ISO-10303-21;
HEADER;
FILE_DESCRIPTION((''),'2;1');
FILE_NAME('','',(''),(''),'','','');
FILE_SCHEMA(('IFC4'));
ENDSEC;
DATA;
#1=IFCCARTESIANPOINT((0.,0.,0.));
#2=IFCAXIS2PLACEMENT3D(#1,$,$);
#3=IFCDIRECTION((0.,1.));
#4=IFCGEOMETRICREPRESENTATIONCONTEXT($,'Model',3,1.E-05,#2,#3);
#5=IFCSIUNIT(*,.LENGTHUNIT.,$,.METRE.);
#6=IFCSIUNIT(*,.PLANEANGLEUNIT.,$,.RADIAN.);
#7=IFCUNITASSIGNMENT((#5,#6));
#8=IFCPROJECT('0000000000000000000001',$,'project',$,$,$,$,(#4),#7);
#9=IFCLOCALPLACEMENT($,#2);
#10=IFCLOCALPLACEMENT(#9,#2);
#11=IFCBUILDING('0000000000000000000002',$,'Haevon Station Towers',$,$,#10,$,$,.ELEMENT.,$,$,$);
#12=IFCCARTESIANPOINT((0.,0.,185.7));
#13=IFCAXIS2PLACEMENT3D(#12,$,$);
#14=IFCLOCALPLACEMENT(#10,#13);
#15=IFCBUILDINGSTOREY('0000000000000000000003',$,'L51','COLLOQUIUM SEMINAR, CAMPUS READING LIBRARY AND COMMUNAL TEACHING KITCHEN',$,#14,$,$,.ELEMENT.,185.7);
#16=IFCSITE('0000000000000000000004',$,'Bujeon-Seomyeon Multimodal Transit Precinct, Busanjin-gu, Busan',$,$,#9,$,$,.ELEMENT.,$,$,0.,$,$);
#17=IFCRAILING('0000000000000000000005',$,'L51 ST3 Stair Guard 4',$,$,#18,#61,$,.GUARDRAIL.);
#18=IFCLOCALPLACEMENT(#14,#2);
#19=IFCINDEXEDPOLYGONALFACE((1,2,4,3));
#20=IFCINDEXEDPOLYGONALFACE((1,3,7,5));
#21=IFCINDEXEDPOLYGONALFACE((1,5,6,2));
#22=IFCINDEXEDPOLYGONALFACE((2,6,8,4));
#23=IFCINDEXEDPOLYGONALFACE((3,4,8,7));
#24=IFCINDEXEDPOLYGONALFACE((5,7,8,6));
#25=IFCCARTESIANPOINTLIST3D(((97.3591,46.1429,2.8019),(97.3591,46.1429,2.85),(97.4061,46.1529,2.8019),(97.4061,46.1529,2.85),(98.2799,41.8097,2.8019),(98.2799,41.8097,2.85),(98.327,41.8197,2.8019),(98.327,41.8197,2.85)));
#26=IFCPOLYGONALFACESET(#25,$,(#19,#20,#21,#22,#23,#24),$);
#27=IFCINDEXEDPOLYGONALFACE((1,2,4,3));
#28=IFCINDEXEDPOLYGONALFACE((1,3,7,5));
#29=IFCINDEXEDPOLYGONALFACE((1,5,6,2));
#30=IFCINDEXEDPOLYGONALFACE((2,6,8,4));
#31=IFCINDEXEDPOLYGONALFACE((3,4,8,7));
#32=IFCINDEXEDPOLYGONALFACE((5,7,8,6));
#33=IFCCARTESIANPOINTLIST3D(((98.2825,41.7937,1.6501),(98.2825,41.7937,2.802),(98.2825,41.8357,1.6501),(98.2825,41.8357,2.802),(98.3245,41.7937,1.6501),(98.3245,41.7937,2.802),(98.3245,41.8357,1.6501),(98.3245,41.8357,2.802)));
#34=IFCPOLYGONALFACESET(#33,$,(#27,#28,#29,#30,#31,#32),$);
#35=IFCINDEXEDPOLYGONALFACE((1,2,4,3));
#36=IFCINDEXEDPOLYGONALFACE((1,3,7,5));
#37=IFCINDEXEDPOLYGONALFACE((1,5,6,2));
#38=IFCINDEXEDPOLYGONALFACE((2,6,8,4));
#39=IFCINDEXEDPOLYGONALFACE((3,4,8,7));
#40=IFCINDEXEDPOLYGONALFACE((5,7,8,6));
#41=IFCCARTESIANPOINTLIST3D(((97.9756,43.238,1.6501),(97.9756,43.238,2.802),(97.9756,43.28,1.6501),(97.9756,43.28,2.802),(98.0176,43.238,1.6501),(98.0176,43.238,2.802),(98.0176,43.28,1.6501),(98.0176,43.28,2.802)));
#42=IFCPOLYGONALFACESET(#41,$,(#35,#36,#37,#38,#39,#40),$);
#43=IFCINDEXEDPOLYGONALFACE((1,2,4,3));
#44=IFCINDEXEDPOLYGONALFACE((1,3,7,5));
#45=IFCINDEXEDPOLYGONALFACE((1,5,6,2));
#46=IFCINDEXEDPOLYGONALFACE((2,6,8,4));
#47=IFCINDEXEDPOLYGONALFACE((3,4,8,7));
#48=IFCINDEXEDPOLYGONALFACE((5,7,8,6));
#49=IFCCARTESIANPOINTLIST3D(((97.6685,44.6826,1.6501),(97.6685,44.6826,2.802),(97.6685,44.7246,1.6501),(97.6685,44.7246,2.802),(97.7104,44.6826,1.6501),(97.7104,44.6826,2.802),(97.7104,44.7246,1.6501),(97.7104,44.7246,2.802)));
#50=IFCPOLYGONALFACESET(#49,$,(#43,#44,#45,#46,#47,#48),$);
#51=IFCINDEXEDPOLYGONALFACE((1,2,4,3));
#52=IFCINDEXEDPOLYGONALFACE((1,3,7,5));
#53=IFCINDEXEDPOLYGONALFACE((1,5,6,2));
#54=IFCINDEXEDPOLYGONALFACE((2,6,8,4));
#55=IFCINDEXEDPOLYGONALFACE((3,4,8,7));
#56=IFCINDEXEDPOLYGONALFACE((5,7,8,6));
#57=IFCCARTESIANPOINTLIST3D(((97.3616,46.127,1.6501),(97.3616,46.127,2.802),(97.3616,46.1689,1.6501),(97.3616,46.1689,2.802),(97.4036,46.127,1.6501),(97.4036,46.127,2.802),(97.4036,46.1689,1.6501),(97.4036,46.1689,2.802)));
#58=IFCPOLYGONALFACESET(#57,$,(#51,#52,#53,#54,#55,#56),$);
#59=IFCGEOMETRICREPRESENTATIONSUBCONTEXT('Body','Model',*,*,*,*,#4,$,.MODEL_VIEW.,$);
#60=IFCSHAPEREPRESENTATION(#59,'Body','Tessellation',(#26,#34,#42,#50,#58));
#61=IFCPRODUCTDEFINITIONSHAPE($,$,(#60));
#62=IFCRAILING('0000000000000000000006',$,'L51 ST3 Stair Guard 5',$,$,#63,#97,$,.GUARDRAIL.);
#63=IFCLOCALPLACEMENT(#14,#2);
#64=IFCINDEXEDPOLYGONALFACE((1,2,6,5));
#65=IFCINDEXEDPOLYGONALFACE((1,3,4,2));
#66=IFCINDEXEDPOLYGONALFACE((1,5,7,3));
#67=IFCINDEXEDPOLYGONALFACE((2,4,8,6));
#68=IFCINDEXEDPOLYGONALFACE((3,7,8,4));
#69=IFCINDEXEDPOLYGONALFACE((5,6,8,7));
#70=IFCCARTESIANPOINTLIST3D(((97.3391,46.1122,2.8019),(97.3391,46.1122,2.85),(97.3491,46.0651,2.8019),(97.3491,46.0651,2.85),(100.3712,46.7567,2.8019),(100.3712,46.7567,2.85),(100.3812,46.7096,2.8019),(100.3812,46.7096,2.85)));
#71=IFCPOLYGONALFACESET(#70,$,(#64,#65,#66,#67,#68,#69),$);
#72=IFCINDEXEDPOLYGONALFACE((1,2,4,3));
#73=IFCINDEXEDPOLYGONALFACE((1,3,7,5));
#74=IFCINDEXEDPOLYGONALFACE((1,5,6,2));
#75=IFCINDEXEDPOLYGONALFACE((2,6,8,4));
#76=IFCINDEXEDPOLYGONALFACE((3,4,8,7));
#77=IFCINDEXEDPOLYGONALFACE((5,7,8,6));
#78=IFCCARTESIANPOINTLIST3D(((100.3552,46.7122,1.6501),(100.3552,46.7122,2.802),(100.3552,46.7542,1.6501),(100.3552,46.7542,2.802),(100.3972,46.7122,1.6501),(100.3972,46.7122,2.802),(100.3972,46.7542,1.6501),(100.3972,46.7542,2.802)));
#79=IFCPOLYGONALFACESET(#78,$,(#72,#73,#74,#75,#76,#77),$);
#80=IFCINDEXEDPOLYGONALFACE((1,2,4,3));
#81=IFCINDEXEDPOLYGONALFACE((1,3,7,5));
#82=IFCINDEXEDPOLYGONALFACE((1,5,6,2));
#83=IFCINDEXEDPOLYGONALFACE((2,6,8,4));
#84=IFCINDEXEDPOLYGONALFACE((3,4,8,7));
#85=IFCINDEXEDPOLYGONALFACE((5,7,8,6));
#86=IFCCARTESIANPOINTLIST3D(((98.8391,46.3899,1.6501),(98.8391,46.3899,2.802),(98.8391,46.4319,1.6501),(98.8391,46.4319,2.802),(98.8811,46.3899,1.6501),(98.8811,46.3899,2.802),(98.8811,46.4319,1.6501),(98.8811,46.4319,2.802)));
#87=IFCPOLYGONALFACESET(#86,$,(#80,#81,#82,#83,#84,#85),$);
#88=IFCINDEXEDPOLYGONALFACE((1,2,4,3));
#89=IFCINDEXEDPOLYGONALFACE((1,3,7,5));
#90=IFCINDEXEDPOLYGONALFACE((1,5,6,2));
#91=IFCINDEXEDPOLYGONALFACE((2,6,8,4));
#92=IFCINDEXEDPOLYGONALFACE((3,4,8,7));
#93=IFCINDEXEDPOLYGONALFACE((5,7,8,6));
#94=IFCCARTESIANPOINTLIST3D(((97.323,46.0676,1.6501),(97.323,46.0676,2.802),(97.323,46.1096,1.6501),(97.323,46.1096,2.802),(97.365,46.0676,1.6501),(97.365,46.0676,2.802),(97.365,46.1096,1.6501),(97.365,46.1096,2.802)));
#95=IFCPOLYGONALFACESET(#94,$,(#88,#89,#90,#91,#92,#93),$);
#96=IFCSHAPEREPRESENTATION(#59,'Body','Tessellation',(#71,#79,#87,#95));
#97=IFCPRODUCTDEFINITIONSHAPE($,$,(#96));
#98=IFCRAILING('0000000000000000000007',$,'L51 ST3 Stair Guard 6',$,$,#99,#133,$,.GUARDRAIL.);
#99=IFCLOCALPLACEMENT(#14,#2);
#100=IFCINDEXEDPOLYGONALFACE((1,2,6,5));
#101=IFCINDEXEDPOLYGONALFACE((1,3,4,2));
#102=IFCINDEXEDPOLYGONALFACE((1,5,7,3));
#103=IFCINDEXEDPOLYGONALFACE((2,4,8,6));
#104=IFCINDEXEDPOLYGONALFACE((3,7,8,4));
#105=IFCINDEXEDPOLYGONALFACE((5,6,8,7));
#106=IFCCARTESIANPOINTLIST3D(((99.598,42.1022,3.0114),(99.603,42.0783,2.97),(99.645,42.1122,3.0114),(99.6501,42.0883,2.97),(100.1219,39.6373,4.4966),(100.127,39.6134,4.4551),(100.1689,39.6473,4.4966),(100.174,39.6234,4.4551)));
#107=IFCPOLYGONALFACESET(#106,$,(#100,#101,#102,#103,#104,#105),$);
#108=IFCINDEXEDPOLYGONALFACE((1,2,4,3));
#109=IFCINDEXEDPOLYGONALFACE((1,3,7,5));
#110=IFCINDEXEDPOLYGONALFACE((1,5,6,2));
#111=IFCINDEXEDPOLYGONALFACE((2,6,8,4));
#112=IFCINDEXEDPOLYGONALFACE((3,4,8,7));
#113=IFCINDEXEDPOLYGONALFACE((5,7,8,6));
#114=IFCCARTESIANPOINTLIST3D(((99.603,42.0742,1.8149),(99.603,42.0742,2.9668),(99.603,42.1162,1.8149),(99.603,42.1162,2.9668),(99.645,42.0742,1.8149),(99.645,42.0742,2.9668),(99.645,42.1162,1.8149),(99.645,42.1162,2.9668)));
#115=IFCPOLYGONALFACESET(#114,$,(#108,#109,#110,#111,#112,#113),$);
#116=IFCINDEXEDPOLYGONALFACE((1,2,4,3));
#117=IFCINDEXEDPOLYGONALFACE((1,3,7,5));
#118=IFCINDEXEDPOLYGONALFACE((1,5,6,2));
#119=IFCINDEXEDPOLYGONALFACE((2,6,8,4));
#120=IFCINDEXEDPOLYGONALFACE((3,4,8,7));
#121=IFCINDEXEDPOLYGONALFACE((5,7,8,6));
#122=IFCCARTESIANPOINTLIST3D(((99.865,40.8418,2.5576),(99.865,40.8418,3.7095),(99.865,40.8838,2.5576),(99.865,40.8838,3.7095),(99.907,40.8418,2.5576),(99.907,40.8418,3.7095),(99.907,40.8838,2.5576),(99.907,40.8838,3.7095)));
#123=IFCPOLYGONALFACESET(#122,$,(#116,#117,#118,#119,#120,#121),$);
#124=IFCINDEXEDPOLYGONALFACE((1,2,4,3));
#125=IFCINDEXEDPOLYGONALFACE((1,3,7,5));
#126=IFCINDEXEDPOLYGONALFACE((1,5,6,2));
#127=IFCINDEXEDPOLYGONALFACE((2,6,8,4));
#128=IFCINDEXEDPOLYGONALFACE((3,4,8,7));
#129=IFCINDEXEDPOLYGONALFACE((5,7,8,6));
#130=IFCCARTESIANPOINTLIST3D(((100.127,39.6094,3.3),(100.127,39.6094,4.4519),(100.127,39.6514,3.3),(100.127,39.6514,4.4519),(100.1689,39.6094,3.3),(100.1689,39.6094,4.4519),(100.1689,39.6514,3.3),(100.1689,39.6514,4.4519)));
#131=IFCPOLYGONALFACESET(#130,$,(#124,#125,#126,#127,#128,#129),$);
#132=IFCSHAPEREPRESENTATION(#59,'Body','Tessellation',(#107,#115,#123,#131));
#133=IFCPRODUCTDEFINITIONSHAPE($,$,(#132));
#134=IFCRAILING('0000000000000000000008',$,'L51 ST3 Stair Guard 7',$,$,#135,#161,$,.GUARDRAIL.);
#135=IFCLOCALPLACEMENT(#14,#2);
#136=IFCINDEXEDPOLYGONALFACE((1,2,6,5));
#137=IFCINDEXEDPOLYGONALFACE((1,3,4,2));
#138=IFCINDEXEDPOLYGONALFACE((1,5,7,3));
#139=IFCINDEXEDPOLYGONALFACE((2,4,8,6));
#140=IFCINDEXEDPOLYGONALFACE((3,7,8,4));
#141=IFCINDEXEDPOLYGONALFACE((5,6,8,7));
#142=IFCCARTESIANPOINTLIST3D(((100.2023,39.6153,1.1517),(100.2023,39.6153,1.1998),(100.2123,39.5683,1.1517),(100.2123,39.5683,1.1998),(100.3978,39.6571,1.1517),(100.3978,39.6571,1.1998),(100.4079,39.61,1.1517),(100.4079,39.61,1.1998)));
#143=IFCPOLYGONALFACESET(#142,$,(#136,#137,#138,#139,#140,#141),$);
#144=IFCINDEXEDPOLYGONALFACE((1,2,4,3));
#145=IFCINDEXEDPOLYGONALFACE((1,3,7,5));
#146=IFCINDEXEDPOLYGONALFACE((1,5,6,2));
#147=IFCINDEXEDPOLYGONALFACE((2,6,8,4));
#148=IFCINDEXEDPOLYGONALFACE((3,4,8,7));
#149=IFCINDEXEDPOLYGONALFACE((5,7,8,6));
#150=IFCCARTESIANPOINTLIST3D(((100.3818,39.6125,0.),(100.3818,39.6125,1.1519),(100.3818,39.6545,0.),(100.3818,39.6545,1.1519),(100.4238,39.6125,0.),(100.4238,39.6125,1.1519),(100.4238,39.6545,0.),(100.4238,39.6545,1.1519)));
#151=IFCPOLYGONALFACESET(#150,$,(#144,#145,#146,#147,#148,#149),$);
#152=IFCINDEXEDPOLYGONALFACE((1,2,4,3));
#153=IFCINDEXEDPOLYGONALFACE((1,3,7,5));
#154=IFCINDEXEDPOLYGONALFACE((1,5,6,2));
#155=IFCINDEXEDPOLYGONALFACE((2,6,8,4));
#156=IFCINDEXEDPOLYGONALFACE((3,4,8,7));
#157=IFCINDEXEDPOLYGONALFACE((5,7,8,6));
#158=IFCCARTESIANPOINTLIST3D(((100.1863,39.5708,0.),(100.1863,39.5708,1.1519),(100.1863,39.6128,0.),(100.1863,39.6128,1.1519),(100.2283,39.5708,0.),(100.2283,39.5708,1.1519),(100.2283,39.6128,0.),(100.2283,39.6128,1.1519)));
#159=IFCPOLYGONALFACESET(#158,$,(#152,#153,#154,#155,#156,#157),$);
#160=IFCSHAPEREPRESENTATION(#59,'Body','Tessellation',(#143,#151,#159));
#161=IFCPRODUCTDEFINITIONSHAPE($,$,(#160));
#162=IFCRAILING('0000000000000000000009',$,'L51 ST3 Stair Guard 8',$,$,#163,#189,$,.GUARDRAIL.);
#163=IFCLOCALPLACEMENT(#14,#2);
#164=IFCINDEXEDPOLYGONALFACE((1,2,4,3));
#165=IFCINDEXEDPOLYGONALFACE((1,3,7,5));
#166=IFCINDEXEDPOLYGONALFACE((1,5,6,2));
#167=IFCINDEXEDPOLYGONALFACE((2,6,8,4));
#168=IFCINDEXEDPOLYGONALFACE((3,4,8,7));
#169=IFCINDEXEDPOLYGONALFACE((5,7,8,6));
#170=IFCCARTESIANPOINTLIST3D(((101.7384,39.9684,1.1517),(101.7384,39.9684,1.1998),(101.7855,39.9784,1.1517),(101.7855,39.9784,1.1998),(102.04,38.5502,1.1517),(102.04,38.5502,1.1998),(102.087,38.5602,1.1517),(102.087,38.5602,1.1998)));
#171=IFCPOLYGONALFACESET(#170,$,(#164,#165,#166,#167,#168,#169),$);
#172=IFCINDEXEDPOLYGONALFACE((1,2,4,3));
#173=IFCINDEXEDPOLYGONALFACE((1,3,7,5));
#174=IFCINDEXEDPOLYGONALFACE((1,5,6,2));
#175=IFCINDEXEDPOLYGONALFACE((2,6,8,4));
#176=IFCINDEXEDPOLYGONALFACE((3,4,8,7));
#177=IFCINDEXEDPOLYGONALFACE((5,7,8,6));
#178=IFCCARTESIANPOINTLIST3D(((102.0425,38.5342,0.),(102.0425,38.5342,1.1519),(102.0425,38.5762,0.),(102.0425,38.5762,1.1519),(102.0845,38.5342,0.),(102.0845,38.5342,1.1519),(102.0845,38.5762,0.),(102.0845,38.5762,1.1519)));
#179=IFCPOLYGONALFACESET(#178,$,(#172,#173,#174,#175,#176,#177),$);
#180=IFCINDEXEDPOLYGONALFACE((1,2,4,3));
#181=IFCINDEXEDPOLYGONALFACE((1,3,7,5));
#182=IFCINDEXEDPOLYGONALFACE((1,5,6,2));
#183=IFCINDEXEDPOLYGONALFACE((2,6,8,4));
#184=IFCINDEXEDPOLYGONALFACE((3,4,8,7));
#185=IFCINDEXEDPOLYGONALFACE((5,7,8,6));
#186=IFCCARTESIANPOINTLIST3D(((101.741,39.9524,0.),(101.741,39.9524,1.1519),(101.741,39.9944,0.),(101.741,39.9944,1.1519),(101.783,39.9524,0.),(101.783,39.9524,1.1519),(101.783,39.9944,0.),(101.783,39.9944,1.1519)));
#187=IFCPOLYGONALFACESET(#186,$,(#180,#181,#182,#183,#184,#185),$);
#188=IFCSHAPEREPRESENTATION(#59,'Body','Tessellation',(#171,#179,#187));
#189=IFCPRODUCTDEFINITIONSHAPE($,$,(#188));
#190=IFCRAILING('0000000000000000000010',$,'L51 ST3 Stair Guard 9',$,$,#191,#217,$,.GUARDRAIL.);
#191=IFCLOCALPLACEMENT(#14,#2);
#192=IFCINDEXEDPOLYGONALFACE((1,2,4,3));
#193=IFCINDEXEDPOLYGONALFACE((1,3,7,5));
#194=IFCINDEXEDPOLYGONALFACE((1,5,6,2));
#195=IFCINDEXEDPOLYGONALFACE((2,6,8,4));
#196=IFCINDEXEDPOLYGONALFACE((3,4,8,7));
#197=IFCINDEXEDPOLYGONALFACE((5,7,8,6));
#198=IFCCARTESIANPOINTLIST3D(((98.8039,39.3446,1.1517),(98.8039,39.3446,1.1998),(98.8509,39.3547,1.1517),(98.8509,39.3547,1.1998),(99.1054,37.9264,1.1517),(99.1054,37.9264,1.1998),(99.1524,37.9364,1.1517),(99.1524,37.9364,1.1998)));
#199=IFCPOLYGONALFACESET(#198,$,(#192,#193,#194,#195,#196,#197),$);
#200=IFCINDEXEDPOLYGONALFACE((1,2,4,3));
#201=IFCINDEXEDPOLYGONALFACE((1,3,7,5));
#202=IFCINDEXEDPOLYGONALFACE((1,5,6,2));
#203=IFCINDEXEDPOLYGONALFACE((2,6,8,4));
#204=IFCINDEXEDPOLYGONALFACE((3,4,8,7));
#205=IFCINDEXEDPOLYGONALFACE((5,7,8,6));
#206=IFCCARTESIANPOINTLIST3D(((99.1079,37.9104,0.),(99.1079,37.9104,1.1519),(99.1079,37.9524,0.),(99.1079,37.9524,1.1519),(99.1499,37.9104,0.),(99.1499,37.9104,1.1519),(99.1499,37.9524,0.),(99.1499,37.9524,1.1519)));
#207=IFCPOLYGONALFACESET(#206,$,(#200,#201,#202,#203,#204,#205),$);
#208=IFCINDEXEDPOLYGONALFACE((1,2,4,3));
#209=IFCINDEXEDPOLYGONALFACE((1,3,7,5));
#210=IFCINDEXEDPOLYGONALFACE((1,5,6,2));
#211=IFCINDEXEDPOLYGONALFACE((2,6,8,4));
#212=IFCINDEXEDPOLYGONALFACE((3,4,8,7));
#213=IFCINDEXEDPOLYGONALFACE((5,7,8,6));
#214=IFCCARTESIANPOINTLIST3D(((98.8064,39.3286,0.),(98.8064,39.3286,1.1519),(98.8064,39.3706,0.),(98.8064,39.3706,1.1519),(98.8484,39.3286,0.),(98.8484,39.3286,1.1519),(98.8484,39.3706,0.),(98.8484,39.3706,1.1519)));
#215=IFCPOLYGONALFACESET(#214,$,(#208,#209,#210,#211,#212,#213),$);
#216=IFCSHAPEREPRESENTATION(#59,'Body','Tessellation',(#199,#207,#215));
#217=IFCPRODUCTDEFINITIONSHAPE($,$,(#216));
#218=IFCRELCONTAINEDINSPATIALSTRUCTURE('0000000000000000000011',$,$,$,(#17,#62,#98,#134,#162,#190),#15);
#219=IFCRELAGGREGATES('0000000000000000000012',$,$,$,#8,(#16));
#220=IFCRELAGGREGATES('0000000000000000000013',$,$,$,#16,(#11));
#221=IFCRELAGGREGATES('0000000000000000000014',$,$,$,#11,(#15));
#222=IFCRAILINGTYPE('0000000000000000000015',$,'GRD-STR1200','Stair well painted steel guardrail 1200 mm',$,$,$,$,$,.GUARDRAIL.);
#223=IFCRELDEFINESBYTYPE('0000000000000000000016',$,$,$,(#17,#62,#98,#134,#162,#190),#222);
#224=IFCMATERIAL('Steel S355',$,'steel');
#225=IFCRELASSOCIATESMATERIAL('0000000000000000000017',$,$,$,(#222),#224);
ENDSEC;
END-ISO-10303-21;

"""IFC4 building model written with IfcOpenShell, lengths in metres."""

from ifc_helpers import new_model, si_unit, direction, frame, origin, origin_2d, place, context, subcontext, project, spatial, rectangle, extrude, material, type_object, element, save


model = new_model("IFC4")

# Units and contexts
model_context = context("Model", 3, precision=1e-05, world=origin(), true_north=direction((0.0, 1.0)))
body_context = subcontext(model_context, "Body", "Model", "MODEL_VIEW")
ifc_project = project(units=[si_unit("LENGTHUNIT", "METRE"), si_unit("PLANEANGLEUNIT", "RADIAN")], contexts=[model_context])

# Site, building, storey
site_placement = place(None, origin())
site = spatial("IfcSite", under=ifc_project, at=site_placement, Name="Bujeon-Seomyeon Multimodal Transit Precinct, Busanjin-gu, Busan", CompositionType="ELEMENT", RefElevation=0.0)
building_placement = place(site_placement, origin())
building = spatial("IfcBuilding", under=site, at=building_placement, Name="Haevon Station Towers", CompositionType="ELEMENT")
storey_placement = place(building_placement, frame((0.0, 0.0, 185.7)))
storey = spatial("IfcBuildingStorey", under=building, at=storey_placement, Name="L51", Description="COLLOQUIUM SEMINAR, CAMPUS READING LIBRARY AND COMMUNAL TEACHING KITCHEN", CompositionType="ELEMENT", Elevation=185.7)

# Shared definitions
ifc_material_1 = material(Name="Steel S355", Category="steel")

# Railings
railing_type_1 = type_object("IfcRailingType", Name="GRD-STR1200", Description="Stair well painted steel guardrail 1200 mm", PredefinedType="GUARDRAIL", material=ifc_material_1)
railing_1_placement = place(storey_placement, frame((98.3035, 41.8147, 1.6501)))
element("IfcRailing", 1, at=railing_1_placement, inside=storey, type_object=railing_type_1, Name="L51 ST3 Stair Guard 4", PredefinedType="GUARDRAIL", context=body_context, shape_type="SweptSolid", body=[
    extrude(rectangle(XDim=0.0481, YDim=0.0481, at=origin_2d()), frame((0.0, 0.0, 1.1758), z_axis=(-0.207877, 0.978155, 0.0), x_axis=(-0.978155, -0.207877, 0.0)), (0.0, 0.0, 1.0), 4.4299),
    extrude(rectangle(XDim=0.042, YDim=0.042, at=origin_2d()), origin(), (0.0, 0.0, 1.0), 1.1519),
    extrude(rectangle(XDim=0.042, YDim=0.042, at=origin_2d()), frame((-0.3069, 1.4443, 0.0)), (0.0, 0.0, 1.0), 1.1519),
    extrude(rectangle(XDim=0.042, YDim=0.042, at=origin_2d()), frame((-0.614, 2.8889, 0.0)), (0.0, 0.0, 1.0), 1.1519),
    extrude(rectangle(XDim=0.042, YDim=0.042, at=origin_2d()), frame((-0.9209, 4.3333, 0.0)), (0.0, 0.0, 1.0), 1.1519),
])
railing_2_placement = place(storey_placement, frame((100.3762, 46.7332, 1.6501)))
element("IfcRailing", 2, at=railing_2_placement, inside=storey, type_object=railing_type_1, Name="L51 ST3 Stair Guard 5", PredefinedType="GUARDRAIL", context=body_context, shape_type="SweptSolid", body=[
    extrude(rectangle(XDim=0.0481, YDim=0.0481, at=origin_2d()), frame((0.0, 0.0, 1.1758), z_axis=(-0.978147, -0.207915, 0.0), x_axis=(0.207915, -0.978147, 0.0)), (0.0, 0.0, 1.0), 3.0999),
    extrude(rectangle(XDim=0.042, YDim=0.042, at=origin_2d()), origin(), (0.0, 0.0, 1.0), 1.1519),
    extrude(rectangle(XDim=0.042, YDim=0.042, at=origin_2d()), frame((-1.5161, -0.3223, 0.0)), (0.0, 0.0, 1.0), 1.1519),
    extrude(rectangle(XDim=0.042, YDim=0.042, at=origin_2d()), frame((-3.0322, -0.6445, 0.0)), (0.0, 0.0, 1.0), 1.1519),
])
railing_3_placement = place(storey_placement, frame((99.624, 42.0952, 1.8149)))
element("IfcRailing", 3, at=railing_3_placement, inside=storey, type_object=railing_type_1, Name="L51 ST3 Stair Guard 6", PredefinedType="GUARDRAIL", context=body_context, shape_type="SweptSolid", body=[
    extrude(rectangle(XDim=0.0481, YDim=0.0481, at=origin_2d()), frame((0.0, 0.0, 1.1758), z_axis=(0.179121, -0.842688, 0.507733), x_axis=(0.978147, 0.207914, 0.0)), (0.0, 0.0, 1.0), 2.925),
    extrude(rectangle(XDim=0.042, YDim=0.042, at=origin_2d()), origin(), (0.0, 0.0, 1.0), 1.1519),
    extrude(rectangle(XDim=0.042, YDim=0.042, at=origin_2d()), frame((0.262, -1.2324, 0.7427)), (0.0, 0.0, 1.0), 1.1519),
    extrude(rectangle(XDim=0.042, YDim=0.042, at=origin_2d()), frame((0.5239, -2.4648, 1.4851)), (0.0, 0.0, 1.0), 1.1519),
])
railing_4_placement = place(storey_placement, frame((100.4028, 39.6335, 0.0)))
element("IfcRailing", 4, at=railing_4_placement, inside=storey, type_object=railing_type_1, Name="L51 ST3 Stair Guard 7", PredefinedType="GUARDRAIL", context=body_context, shape_type="SweptSolid", body=[
    extrude(rectangle(XDim=0.0481, YDim=0.0481, at=origin_2d()), frame((0.0, 0.0, 1.1758), z_axis=(-0.977963, -0.208779, 0.0), x_axis=(0.208779, -0.977963, 0.0)), (0.0, 0.0, 1.0), 0.2),
    extrude(rectangle(XDim=0.042, YDim=0.042, at=origin_2d()), origin(), (0.0, 0.0, 1.0), 1.1519),
    extrude(rectangle(XDim=0.042, YDim=0.042, at=origin_2d()), frame((-0.1956, -0.0417, 0.0)), (0.0, 0.0, 1.0), 1.1519),
])
for number, where, name in (
    (5, (102.0635, 38.5552, 0.0), "L51 ST3 Stair Guard 8"),
    (6, (99.1289, 37.9314, 0.0), "L51 ST3 Stair Guard 9"),
):
    element("IfcRailing", number, at=place(storey_placement, frame(where)), inside=storey, type_object=railing_type_1, Name=name, PredefinedType="GUARDRAIL", context=body_context, shape_type="SweptSolid", body=[
        extrude(rectangle(XDim=0.0481, YDim=0.0481, at=origin_2d()), frame((0.0, 0.0, 1.1758), z_axis=(-0.207953, 0.978139, 0.0), x_axis=(-0.978139, -0.207953, 0.0)), (0.0, 0.0, 1.0), 1.45),
        extrude(rectangle(XDim=0.042, YDim=0.042, at=origin_2d()), origin(), (0.0, 0.0, 1.0), 1.1519),
        extrude(rectangle(XDim=0.042, YDim=0.042, at=origin_2d()), frame((-0.3015, 1.4182, 0.0)), (0.0, 0.0, 1.0), 1.1519),
    ])

save(model, "model.ifc")
